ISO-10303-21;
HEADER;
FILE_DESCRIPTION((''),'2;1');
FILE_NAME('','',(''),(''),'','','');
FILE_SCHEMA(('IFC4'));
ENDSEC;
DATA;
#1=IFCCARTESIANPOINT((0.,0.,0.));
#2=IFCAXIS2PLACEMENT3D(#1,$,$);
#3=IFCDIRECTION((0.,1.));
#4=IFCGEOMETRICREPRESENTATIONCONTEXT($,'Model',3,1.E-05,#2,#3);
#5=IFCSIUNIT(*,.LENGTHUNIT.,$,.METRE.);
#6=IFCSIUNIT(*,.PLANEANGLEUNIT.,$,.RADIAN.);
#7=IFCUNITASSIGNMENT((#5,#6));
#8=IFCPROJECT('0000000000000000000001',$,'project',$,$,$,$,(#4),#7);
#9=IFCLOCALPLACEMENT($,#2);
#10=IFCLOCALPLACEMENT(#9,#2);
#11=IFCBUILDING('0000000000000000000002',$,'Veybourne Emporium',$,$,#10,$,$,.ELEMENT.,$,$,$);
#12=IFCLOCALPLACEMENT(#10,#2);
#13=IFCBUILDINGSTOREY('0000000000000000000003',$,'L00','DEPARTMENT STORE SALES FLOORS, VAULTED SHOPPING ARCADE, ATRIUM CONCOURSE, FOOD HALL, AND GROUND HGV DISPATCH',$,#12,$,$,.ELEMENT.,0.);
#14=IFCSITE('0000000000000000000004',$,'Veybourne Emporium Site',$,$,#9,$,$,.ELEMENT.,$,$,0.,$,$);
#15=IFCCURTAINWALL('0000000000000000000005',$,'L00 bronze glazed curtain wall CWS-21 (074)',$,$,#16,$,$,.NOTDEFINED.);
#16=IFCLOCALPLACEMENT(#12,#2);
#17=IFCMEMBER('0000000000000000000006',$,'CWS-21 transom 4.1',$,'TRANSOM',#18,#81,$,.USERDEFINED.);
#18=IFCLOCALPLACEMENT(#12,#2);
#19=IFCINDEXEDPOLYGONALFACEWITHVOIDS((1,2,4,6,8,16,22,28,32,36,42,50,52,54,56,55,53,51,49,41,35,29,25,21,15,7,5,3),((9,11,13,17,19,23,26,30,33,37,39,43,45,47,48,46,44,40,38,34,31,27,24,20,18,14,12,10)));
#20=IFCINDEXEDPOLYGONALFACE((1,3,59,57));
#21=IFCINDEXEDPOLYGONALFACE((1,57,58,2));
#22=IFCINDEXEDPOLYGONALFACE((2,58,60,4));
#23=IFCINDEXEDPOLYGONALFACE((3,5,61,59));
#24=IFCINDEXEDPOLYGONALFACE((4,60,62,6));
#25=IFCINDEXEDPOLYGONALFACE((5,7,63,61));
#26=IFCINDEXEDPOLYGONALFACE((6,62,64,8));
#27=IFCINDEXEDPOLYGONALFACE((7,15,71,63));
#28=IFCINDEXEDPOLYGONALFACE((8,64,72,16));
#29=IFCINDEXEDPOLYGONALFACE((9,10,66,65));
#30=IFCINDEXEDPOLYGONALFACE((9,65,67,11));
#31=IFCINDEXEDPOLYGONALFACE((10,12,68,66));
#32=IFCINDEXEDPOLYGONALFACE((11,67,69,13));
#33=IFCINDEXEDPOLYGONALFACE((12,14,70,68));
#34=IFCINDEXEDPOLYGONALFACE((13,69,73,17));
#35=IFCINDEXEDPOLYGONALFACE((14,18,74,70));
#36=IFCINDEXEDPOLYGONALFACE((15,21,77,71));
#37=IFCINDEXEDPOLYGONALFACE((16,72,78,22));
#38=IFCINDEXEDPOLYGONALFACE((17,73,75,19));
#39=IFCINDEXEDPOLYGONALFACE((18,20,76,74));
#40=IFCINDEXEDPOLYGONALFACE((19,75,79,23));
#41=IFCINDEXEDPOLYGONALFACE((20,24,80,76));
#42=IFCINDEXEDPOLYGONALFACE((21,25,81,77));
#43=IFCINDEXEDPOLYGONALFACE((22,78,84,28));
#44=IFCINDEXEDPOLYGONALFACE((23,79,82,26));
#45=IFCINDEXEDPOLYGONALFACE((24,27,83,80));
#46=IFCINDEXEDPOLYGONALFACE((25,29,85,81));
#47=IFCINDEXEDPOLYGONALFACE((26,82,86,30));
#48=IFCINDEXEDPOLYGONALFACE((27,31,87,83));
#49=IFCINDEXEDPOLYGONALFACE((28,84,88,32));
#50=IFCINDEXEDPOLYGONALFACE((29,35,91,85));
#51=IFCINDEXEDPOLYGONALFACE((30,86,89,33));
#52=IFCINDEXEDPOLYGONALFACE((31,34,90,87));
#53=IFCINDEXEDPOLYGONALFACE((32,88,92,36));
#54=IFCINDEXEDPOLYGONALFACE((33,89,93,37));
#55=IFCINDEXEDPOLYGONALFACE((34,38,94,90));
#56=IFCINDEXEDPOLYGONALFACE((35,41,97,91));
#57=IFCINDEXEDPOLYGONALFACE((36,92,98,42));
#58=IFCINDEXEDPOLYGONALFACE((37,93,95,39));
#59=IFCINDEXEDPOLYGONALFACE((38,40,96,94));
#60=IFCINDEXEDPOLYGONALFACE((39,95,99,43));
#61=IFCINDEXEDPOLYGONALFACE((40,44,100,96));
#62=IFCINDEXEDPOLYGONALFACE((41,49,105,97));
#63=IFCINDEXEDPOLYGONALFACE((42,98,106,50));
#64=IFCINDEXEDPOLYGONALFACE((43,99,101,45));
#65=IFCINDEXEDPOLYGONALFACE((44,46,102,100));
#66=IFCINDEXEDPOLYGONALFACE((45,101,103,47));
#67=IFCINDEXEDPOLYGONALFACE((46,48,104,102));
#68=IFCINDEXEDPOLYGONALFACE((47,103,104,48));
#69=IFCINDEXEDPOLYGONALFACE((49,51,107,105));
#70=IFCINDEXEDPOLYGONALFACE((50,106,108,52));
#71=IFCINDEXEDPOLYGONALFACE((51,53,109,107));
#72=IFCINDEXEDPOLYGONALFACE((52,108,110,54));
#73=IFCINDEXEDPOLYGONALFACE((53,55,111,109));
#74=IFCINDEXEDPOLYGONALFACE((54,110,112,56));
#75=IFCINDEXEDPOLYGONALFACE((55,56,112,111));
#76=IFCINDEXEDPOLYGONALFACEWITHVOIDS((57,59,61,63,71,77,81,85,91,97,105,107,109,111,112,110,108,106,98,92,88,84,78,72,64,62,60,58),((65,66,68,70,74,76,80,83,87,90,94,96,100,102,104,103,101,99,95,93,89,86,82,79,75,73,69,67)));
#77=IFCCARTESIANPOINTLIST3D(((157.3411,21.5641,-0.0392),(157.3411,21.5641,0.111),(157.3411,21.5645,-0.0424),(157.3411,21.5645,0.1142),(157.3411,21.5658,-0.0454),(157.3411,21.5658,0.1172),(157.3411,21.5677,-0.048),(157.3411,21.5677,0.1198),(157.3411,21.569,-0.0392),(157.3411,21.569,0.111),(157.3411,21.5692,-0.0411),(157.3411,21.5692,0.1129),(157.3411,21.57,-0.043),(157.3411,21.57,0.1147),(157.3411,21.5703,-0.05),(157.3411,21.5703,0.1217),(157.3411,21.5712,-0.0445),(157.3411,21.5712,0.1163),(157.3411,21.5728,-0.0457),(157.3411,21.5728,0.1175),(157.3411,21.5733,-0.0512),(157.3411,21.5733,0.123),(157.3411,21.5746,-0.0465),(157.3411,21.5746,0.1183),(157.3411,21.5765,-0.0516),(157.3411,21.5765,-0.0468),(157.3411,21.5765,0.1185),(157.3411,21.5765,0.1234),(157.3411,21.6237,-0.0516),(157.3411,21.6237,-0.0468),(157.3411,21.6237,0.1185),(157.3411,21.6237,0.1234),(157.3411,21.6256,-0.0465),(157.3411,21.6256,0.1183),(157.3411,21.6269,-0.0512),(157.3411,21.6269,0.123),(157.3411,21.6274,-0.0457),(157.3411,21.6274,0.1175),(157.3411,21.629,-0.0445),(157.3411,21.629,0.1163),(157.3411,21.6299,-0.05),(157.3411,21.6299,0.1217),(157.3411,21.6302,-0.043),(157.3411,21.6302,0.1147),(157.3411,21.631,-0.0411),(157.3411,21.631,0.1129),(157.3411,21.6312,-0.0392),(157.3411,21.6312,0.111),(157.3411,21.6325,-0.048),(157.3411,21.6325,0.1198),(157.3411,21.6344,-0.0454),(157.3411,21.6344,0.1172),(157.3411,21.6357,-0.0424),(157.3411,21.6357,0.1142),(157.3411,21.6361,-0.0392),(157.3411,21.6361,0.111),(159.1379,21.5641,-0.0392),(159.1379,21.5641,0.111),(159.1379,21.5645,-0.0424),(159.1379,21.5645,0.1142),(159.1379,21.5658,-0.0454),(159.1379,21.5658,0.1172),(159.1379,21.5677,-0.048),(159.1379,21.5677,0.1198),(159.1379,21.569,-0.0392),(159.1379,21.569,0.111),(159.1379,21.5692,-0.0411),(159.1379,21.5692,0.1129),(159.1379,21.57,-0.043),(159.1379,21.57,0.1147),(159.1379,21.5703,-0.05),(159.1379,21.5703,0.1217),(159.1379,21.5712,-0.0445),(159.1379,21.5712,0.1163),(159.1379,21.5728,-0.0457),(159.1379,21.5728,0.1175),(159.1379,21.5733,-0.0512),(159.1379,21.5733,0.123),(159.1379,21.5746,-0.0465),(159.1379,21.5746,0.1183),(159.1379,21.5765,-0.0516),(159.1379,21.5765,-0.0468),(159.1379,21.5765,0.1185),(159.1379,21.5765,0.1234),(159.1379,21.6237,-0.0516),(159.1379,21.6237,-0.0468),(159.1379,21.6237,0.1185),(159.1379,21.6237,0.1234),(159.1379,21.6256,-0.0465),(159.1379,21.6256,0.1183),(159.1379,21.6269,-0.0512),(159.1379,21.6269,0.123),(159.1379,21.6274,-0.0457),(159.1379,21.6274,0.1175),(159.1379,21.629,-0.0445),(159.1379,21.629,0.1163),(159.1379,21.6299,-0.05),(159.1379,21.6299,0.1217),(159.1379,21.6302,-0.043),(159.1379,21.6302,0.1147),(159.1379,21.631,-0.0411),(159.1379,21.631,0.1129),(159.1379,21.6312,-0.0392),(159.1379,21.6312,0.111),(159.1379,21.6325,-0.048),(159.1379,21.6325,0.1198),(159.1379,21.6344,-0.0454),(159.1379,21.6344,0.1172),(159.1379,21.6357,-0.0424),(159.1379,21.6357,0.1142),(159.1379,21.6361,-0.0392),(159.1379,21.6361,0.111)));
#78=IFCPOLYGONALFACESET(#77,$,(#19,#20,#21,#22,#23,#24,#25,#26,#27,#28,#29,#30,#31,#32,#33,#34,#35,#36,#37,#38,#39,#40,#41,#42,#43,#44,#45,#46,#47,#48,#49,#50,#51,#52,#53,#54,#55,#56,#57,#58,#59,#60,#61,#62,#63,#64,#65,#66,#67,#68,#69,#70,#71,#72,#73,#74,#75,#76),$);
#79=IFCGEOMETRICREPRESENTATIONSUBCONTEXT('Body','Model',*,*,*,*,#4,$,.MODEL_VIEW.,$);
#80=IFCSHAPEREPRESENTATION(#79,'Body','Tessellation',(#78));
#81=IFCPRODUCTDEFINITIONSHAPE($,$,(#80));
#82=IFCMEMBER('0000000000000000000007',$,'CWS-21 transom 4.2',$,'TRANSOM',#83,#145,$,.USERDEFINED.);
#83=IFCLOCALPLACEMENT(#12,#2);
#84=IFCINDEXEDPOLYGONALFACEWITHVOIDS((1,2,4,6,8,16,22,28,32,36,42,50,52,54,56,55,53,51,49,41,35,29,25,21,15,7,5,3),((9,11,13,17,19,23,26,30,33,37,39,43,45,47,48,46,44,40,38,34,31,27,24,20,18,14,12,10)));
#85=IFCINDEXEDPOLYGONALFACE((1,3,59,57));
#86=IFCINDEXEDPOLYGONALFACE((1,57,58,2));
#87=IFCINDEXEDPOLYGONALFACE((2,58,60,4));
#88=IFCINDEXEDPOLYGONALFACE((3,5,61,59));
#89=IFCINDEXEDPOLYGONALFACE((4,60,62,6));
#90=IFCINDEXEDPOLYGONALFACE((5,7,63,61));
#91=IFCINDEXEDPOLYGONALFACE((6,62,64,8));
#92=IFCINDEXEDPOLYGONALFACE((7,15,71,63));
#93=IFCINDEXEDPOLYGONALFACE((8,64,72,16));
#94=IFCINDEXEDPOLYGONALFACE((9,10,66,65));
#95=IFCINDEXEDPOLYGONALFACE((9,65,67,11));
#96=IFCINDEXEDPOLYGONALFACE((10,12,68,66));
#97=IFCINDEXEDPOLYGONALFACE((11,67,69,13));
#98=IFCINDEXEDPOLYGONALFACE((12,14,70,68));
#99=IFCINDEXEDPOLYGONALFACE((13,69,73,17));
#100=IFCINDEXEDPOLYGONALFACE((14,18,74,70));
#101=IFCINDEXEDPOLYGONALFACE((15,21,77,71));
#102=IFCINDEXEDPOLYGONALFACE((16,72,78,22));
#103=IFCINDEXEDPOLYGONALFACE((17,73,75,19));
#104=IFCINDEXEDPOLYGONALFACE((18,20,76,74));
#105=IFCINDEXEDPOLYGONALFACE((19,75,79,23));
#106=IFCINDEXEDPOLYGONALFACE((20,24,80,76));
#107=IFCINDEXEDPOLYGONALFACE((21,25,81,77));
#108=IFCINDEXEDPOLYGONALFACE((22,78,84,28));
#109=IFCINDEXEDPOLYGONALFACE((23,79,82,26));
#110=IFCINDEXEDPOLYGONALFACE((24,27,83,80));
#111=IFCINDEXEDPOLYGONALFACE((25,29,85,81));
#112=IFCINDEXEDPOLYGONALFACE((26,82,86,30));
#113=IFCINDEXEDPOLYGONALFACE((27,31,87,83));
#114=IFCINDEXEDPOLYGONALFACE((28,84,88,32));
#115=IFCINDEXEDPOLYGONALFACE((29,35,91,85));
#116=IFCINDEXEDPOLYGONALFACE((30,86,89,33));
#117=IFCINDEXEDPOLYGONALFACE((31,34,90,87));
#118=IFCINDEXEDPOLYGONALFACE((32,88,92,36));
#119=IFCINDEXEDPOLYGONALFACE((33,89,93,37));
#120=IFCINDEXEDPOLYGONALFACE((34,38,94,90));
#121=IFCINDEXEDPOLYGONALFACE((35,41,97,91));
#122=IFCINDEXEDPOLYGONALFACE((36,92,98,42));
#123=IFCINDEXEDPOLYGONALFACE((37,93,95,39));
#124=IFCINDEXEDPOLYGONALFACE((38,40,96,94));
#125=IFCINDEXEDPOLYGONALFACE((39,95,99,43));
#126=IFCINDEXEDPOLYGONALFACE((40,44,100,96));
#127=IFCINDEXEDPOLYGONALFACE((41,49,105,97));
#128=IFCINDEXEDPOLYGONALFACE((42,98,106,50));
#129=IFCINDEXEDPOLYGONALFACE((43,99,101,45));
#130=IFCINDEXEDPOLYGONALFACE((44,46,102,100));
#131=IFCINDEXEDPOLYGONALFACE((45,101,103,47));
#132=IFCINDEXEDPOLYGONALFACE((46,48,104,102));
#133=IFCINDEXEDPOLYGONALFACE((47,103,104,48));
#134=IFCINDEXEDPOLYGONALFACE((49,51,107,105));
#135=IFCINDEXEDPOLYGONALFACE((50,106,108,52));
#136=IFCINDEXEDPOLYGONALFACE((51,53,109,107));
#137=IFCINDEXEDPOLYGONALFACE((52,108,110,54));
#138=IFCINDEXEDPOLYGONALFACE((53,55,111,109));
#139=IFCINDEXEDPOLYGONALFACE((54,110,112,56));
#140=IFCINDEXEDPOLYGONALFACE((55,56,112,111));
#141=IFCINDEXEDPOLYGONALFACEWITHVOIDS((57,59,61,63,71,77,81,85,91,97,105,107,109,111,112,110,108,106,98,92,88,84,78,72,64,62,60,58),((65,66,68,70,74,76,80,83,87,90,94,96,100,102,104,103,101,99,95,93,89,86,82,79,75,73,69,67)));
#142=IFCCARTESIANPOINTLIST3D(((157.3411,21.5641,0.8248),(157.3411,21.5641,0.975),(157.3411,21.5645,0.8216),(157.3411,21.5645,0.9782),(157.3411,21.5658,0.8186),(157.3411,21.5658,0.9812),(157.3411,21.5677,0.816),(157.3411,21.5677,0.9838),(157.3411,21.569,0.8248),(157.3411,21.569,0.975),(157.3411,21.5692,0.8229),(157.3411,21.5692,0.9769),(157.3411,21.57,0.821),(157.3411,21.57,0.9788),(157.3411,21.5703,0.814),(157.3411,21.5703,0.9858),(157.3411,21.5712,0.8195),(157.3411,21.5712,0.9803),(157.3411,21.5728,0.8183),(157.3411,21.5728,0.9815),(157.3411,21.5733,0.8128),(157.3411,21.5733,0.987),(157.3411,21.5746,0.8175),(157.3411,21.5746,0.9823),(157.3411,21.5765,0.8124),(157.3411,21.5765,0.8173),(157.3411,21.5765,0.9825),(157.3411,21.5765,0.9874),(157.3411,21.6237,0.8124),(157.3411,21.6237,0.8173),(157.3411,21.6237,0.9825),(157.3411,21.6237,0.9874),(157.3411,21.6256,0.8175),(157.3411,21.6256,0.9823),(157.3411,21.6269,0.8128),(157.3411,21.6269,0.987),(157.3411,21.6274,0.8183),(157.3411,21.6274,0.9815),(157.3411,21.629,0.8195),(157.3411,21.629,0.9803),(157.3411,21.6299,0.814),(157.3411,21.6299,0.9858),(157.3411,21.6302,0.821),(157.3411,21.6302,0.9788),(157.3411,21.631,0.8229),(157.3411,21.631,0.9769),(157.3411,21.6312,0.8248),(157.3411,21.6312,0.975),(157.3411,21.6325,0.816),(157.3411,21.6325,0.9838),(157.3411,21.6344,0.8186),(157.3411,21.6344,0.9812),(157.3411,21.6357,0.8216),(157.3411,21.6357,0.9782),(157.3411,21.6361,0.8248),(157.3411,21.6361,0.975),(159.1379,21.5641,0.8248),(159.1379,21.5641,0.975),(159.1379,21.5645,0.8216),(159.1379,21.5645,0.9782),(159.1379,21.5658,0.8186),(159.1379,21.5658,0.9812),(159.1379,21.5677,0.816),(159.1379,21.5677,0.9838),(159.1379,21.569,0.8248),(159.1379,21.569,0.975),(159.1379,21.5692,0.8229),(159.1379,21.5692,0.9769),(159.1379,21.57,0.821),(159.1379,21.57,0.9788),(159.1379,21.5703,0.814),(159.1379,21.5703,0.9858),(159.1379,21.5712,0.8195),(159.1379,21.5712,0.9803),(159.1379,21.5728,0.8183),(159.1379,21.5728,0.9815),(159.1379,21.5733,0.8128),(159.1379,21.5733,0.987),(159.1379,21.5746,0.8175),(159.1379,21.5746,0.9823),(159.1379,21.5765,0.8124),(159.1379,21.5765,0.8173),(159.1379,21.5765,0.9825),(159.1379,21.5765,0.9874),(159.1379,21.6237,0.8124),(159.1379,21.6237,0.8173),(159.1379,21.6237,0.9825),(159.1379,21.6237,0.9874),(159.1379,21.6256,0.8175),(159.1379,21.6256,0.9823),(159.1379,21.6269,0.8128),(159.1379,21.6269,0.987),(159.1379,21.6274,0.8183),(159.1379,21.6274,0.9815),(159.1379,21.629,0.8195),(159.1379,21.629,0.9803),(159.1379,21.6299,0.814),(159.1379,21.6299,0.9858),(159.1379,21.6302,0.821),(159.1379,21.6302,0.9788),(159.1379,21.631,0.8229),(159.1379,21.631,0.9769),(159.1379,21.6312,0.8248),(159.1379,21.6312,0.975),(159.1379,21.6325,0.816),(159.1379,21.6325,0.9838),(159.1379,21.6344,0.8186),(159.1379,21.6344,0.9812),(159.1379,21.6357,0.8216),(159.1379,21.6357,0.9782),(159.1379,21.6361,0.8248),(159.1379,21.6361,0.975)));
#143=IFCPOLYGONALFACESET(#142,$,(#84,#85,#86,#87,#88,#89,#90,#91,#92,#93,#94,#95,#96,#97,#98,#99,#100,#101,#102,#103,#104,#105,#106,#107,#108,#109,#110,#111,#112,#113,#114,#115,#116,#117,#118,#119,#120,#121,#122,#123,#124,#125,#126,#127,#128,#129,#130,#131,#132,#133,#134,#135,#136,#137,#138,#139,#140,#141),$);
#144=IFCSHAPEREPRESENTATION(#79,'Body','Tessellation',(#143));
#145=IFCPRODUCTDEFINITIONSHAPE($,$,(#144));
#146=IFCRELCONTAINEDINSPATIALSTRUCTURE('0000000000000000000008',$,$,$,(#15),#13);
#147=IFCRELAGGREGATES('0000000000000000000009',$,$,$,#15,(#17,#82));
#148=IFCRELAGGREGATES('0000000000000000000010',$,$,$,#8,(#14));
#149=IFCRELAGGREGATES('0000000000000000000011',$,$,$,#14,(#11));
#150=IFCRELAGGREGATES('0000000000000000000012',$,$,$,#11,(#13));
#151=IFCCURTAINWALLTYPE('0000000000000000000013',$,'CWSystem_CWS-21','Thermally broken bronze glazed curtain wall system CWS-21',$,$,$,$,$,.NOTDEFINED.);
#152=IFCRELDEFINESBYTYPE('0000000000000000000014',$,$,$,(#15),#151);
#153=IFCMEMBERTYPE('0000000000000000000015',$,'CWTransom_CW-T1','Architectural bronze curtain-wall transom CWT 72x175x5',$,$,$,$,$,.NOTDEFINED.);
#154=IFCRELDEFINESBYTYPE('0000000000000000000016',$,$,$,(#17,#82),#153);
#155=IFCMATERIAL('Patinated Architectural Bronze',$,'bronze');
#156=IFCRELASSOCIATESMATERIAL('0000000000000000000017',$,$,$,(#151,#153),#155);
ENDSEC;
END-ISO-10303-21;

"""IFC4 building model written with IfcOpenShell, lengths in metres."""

from ifc_helpers import new_model, si_unit, direction, frame, origin, origin_2d, place, context, subcontext, project, spatial, hollow_rectangle, extrude, material, material_profile, profile_set, type_object, element, aggregate, save


model = new_model("IFC4")

# Units and contexts
model_context = context("Model", 3, precision=1e-05, world=origin(), true_north=direction((0.0, 1.0)))
body_context = subcontext(model_context, "Body", "Model", "MODEL_VIEW")
ifc_project = project(units=[si_unit("LENGTHUNIT", "METRE"), si_unit("PLANEANGLEUNIT", "RADIAN")], contexts=[model_context])

# Site, building, storey
site_placement = place(None, origin())
site = spatial("IfcSite", under=ifc_project, at=site_placement, Name="Veybourne Emporium Site", CompositionType="ELEMENT", RefElevation=0.0)
building_placement = place(site_placement, origin())
building = spatial("IfcBuilding", under=site, at=building_placement, Name="Veybourne Emporium", CompositionType="ELEMENT")
storey_placement = place(building_placement, origin())
storey = spatial("IfcBuildingStorey", under=building, at=storey_placement, Name="L00", Description="DEPARTMENT STORE SALES FLOORS, VAULTED SHOPPING ARCADE, ATRIUM CONCOURSE, FOOD HALL, AND GROUND HGV DISPATCH", CompositionType="ELEMENT", Elevation=0.0)

# Curtain wall
ifc_material_1 = material(Name="Patinated Architectural Bronze", Category="bronze")
curtain_wall_type_1 = type_object("IfcCurtainWallType", Name="CWSystem_CWS-21", Description="Thermally broken bronze glazed curtain wall system CWS-21", PredefinedType="NOTDEFINED", material=ifc_material_1)
curtain_wall_1_placement = place(storey_placement, origin())
curtain_wall_1 = element("IfcCurtainWall", 1, at=curtain_wall_1_placement, inside=storey, type_object=curtain_wall_type_1, Name="L00 bronze glazed curtain wall CWS-21 (074)", PredefinedType="NOTDEFINED")

# Members
ifc_material_profile_1 = material_profile(ifc_material_1, hollow_rectangle(XDim=0.072, YDim=0.175, WallThickness=0.0049, InnerFilletRadius=0.0076, OuterFilletRadius=0.0125, at=origin_2d()), Name="CWT 72x175x5")
ifc_profile_set_1 = profile_set([ifc_material_profile_1], Name="Patinated Architectural Bronze")
member_type_1 = type_object("IfcMemberType", Name="CWTransom_CW-T1", Description="Architectural bronze curtain-wall transom CWT 72x175x5", PredefinedType="NOTDEFINED", material=ifc_profile_set_1)
member_1_placement = place(storey_placement, frame((157.3411, 21.6001, 0.0359), z_axis=(1.0, 0.0, 0.0), x_axis=(0.0, 1.0, 0.0)))
member_1 = element("IfcMember", 2, at=member_1_placement, type_object=member_type_1, Name="CWS-21 transom 4.1", ObjectType="TRANSOM", PredefinedType="USERDEFINED", context=body_context, shape_type="SweptSolid", body=[
    extrude(hollow_rectangle(XDim=0.072, YDim=0.175, WallThickness=0.0049, InnerFilletRadius=0.0076, OuterFilletRadius=0.0125, at=origin_2d()), origin(), (0.0, 0.0, 1.0), 1.7969),
])
member_2_placement = place(storey_placement, frame((157.3411, 21.6001, 0.8999), z_axis=(1.0, 0.0, 0.0), x_axis=(0.0, 1.0, 0.0)))
member_2 = element("IfcMember", 3, at=member_2_placement, type_object=member_type_1, Name="CWS-21 transom 4.2", ObjectType="TRANSOM", PredefinedType="USERDEFINED", context=body_context, shape_type="SweptSolid", body=[
    extrude(hollow_rectangle(XDim=0.072, YDim=0.175, WallThickness=0.0049, InnerFilletRadius=0.0076, OuterFilletRadius=0.0125, at=origin_2d()), origin(), (0.0, 0.0, 1.0), 1.7969),
])

aggregate(curtain_wall_1, [member_1, member_2])

save(model, "model.ifc")
